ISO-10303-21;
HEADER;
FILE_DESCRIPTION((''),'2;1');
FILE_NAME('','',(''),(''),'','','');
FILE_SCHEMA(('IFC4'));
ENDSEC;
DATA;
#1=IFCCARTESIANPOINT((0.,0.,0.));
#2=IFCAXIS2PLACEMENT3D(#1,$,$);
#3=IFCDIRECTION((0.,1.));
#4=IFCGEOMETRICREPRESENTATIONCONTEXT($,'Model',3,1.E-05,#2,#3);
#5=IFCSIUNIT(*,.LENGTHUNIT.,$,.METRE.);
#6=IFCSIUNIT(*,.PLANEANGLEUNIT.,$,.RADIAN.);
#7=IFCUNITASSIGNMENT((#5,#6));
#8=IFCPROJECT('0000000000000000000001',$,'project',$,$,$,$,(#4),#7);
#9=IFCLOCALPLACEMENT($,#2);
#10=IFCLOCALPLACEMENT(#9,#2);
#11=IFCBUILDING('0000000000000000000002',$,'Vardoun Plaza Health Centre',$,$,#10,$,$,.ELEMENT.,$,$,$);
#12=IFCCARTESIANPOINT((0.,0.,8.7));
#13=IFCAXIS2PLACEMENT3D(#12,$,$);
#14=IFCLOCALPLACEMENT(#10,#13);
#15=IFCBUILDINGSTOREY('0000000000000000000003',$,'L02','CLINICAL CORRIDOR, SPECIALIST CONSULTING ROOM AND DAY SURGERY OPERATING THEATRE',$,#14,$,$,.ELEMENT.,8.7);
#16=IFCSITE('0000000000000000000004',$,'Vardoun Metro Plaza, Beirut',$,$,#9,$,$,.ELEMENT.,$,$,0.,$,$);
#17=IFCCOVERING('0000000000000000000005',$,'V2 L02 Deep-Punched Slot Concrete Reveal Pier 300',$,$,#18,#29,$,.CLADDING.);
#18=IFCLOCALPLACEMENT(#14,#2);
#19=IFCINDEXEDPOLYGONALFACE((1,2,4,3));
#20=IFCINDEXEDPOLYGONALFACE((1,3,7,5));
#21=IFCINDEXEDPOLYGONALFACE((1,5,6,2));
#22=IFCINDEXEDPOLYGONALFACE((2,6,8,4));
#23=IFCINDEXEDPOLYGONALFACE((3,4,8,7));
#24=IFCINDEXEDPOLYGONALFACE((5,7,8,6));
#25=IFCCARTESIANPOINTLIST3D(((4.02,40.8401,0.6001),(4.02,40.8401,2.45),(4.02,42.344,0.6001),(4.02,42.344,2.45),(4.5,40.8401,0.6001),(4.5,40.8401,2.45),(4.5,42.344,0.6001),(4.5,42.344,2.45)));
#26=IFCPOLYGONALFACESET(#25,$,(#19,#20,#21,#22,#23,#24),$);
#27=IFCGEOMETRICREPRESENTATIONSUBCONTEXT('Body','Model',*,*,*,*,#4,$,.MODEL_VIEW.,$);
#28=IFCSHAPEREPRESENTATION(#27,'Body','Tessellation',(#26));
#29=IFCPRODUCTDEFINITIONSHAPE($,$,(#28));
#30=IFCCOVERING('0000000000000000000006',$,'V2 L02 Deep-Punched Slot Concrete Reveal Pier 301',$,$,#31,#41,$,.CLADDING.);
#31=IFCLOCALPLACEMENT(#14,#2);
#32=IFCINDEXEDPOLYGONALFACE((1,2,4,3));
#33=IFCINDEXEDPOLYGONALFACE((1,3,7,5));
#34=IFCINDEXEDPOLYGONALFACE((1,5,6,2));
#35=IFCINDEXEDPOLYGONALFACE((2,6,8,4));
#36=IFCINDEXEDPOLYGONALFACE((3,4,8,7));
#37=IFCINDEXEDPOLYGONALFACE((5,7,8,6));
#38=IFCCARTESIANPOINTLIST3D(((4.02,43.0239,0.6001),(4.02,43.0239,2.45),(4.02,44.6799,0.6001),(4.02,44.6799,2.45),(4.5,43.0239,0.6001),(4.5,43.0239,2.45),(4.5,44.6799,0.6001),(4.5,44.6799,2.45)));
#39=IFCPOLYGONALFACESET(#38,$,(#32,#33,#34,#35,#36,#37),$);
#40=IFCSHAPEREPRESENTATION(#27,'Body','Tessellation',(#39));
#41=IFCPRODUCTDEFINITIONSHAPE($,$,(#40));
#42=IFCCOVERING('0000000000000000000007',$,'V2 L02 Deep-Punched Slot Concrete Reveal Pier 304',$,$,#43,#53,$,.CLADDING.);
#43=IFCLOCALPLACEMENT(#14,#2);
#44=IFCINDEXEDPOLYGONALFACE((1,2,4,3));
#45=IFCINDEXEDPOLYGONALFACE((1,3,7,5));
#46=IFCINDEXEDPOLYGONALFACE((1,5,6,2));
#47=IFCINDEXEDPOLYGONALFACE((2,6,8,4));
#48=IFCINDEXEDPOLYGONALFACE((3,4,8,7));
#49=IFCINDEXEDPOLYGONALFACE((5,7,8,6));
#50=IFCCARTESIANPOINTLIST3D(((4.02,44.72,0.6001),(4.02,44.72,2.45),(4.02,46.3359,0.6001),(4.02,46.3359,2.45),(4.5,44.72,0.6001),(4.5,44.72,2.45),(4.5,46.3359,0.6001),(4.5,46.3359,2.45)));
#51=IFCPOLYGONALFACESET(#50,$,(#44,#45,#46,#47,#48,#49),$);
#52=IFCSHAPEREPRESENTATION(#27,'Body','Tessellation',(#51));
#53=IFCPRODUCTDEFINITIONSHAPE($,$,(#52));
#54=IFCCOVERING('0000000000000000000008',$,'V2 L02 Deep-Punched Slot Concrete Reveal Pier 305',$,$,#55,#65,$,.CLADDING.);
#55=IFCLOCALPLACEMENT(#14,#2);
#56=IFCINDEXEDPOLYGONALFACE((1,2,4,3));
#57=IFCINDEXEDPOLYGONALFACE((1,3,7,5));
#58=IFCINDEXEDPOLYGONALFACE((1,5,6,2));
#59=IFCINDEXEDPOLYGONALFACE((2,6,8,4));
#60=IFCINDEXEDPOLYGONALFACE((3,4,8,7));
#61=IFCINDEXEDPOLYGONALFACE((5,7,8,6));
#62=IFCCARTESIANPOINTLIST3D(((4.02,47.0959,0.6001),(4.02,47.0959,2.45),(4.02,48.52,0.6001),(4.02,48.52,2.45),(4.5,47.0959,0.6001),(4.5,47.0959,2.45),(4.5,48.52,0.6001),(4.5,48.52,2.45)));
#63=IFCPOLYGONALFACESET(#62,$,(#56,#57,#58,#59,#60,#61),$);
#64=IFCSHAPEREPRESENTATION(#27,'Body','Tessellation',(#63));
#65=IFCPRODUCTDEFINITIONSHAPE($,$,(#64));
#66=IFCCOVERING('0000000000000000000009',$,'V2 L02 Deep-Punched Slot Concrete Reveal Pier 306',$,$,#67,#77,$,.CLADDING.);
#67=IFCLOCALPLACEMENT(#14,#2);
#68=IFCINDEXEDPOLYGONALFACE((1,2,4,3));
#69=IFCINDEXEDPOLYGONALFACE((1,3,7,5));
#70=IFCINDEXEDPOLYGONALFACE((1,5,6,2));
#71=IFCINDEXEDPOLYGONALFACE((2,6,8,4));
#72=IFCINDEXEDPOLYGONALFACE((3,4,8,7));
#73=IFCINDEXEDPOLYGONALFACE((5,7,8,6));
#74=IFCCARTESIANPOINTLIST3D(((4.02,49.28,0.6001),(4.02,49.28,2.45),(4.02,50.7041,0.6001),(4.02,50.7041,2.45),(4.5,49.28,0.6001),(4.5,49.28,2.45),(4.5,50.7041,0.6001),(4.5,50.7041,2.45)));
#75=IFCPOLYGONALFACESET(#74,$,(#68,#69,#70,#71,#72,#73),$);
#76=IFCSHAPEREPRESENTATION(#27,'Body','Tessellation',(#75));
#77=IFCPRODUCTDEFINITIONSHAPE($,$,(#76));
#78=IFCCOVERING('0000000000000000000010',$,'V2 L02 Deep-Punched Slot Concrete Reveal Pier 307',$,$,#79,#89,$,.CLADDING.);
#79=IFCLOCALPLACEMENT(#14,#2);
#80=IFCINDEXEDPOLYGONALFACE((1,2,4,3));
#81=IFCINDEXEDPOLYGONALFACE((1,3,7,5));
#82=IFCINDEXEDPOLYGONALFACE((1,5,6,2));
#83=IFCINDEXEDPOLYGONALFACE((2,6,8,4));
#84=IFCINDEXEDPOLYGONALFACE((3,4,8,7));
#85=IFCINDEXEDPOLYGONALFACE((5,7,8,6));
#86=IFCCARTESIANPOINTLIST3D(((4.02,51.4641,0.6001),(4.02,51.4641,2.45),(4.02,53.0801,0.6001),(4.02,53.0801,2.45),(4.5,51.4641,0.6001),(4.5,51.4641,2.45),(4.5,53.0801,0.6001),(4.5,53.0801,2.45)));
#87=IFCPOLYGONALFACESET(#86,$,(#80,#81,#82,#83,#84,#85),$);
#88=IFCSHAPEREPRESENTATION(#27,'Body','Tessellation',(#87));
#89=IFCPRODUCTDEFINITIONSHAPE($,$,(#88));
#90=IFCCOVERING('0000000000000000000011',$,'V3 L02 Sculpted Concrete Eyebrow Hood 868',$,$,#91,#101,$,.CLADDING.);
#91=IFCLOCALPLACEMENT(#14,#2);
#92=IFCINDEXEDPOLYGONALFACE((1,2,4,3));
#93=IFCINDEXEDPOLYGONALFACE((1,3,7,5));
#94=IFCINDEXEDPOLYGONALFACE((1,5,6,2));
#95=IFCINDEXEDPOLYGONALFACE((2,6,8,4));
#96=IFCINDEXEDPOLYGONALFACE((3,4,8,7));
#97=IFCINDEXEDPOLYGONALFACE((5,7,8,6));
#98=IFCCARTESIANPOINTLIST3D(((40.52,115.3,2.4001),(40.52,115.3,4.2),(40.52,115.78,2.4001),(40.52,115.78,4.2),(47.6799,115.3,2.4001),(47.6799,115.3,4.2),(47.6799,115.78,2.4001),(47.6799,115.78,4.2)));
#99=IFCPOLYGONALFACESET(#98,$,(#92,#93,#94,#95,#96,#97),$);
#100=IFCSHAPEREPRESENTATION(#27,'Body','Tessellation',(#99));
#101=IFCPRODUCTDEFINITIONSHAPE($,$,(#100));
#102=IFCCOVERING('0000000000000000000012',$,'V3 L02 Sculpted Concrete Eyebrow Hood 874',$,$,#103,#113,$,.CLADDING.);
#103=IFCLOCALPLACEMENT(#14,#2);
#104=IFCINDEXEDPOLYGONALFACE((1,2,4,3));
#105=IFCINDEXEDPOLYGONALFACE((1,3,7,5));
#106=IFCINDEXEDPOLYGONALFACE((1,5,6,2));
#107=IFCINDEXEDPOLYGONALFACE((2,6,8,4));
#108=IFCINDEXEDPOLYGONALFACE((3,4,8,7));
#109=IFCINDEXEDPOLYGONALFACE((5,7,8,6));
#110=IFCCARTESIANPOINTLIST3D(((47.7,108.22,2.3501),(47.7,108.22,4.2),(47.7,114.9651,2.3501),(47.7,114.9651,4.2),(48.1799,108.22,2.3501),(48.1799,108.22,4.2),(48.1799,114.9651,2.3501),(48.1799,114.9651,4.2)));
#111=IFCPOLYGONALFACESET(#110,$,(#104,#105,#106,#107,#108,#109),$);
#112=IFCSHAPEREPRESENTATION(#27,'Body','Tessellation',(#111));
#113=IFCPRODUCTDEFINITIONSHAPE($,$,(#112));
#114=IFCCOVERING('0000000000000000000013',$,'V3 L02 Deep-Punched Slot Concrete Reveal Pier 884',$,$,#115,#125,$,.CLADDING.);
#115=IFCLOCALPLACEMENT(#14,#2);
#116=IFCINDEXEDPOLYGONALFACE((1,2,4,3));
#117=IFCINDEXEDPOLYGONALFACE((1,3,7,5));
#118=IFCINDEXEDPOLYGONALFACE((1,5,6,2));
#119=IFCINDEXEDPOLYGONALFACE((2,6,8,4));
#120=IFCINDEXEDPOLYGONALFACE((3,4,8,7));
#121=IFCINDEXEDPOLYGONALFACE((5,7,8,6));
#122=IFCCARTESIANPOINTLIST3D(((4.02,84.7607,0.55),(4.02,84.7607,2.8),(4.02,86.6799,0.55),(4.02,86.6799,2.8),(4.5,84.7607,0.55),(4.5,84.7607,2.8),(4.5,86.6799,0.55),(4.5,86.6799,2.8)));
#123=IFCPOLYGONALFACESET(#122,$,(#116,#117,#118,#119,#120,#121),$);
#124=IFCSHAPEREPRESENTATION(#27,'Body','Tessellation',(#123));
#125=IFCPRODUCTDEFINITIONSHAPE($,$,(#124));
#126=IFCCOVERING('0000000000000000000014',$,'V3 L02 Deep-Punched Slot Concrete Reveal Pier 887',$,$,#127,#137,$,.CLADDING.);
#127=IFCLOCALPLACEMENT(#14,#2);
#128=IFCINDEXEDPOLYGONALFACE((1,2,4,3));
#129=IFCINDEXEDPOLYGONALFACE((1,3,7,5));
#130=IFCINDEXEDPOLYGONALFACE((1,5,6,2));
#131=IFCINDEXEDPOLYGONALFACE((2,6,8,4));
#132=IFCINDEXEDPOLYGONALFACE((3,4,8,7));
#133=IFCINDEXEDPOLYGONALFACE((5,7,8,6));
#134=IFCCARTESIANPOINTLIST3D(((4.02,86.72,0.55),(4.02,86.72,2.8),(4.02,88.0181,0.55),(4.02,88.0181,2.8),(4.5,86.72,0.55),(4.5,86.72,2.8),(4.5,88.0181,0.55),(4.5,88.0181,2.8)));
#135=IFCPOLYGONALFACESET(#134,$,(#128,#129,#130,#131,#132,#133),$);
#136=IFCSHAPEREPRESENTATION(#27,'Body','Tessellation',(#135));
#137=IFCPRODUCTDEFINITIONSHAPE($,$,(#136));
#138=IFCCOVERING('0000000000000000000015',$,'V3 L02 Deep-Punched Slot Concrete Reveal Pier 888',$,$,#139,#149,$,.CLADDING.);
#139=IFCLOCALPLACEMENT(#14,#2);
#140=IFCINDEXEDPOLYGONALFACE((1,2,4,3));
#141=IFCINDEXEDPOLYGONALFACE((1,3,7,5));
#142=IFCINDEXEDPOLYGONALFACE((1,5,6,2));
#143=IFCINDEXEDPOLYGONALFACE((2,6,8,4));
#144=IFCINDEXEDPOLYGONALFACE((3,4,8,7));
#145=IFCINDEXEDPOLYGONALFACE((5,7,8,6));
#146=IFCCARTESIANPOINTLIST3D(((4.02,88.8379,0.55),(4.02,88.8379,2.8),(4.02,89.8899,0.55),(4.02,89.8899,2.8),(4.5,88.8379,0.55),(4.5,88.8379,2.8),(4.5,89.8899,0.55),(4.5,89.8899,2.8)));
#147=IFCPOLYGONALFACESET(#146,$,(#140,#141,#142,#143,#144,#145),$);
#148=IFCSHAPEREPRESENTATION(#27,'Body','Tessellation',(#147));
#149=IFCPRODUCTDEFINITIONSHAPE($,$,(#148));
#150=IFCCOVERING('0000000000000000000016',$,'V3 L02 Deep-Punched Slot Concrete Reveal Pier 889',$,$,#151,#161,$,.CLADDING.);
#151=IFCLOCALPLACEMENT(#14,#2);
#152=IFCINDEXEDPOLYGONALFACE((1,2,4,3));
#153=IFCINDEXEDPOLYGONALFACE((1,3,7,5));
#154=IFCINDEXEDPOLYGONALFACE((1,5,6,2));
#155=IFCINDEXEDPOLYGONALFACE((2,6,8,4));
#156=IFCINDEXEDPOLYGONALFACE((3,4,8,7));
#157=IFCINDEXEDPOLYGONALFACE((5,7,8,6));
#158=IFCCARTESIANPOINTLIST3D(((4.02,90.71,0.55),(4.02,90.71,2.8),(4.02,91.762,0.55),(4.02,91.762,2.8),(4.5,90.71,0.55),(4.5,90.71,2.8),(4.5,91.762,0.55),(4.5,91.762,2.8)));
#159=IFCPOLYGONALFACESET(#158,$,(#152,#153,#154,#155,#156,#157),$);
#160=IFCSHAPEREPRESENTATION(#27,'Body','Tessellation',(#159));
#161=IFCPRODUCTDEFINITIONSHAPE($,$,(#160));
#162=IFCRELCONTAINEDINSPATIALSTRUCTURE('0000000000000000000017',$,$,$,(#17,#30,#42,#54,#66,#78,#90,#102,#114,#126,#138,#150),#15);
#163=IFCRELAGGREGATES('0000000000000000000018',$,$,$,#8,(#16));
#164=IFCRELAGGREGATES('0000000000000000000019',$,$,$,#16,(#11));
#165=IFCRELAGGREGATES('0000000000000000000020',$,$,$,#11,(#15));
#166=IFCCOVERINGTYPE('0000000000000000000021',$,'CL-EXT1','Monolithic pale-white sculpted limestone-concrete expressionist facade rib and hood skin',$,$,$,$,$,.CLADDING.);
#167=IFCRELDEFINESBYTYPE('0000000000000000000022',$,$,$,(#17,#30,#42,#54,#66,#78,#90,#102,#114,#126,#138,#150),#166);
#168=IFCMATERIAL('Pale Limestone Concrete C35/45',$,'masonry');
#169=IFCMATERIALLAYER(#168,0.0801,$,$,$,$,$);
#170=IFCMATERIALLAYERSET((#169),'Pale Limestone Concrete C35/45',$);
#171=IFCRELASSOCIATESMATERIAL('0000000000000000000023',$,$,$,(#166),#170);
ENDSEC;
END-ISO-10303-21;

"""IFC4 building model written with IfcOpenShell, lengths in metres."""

from ifc_helpers import new_model, si_unit, direction, frame, origin, place, context, subcontext, project, spatial, polyline, outline, extrude, material, layer, layer_set, type_object, element, save


model = new_model("IFC4")

# Units and contexts
model_context = context("Model", 3, precision=1e-05, world=origin(), true_north=direction((0.0, 1.0)))
body_context = subcontext(model_context, "Body", "Model", "MODEL_VIEW")
ifc_project = project(units=[si_unit("LENGTHUNIT", "METRE"), si_unit("PLANEANGLEUNIT", "RADIAN")], contexts=[model_context])

# Site, building, storey
site_placement = place(None, origin())
site = spatial("IfcSite", under=ifc_project, at=site_placement, Name="Vardoun Metro Plaza, Beirut", CompositionType="ELEMENT", RefElevation=0.0)
building_placement = place(site_placement, origin())
building = spatial("IfcBuilding", under=site, at=building_placement, Name="Vardoun Plaza Health Centre", CompositionType="ELEMENT")
storey_placement = place(building_placement, frame((0.0, 0.0, 8.7)))
storey = spatial("IfcBuildingStorey", under=building, at=storey_placement, Name="L02", Description="CLINICAL CORRIDOR, SPECIALIST CONSULTING ROOM AND DAY SURGERY OPERATING THEATRE", CompositionType="ELEMENT", Elevation=8.7)

# Coverings
ifc_material = material(Name="Pale Limestone Concrete C35/45", Category="masonry")
ifc_layer = layer(ifc_material, 0.0801)
ifc_layer_set = layer_set([ifc_layer], Name="Pale Limestone Concrete C35/45")
covering_type = type_object("IfcCoveringType", Name="CL-EXT1", Description="Monolithic pale-white sculpted limestone-concrete expressionist facade rib and hood skin", PredefinedType="CLADDING", material=ifc_layer_set)
covering_1_placement = place(storey_placement, frame((0.0, 0.0, 0.6001)))
element("IfcCovering", 1, at=covering_1_placement, inside=storey, type_object=covering_type, Name="V2 L02 Deep-Punched Slot Concrete Reveal Pier 300", PredefinedType="CLADDING", context=body_context, shape_type="SweptSolid", body=[
    extrude(outline(polyline([(4.5, 40.8401), (4.5, 42.344), (4.02, 42.344), (4.02, 40.8401), (4.5, 40.8401)])), origin(), (0.0, 0.0, 1.0), 1.8499),
])
covering_2_placement = place(storey_placement, frame((0.0, 0.0, 0.6001)))
element("IfcCovering", 2, at=covering_2_placement, inside=storey, type_object=covering_type, Name="V2 L02 Deep-Punched Slot Concrete Reveal Pier 301", PredefinedType="CLADDING", context=body_context, shape_type="SweptSolid", body=[
    extrude(outline(polyline([(4.5, 43.0239), (4.5, 44.6799), (4.02, 44.6799), (4.02, 43.0239), (4.5, 43.0239)])), origin(), (0.0, 0.0, 1.0), 1.8499),
])
covering_3_placement = place(storey_placement, frame((0.0, 0.0, 0.6001)))
element("IfcCovering", 3, at=covering_3_placement, inside=storey, type_object=covering_type, Name="V2 L02 Deep-Punched Slot Concrete Reveal Pier 304", PredefinedType="CLADDING", context=body_context, shape_type="SweptSolid", body=[
    extrude(outline(polyline([(4.5, 44.72), (4.5, 46.3359), (4.02, 46.3359), (4.02, 44.72), (4.5, 44.72)])), origin(), (0.0, 0.0, 1.0), 1.8499),
])
covering_4_placement = place(storey_placement, frame((0.0, 0.0, 0.6001)))
element("IfcCovering", 4, at=covering_4_placement, inside=storey, type_object=covering_type, Name="V2 L02 Deep-Punched Slot Concrete Reveal Pier 305", PredefinedType="CLADDING", context=body_context, shape_type="SweptSolid", body=[
    extrude(outline(polyline([(4.5, 47.0959), (4.5, 48.52), (4.02, 48.52), (4.02, 47.0959), (4.5, 47.0959)])), origin(), (0.0, 0.0, 1.0), 1.8499),
])
covering_5_placement = place(storey_placement, frame((0.0, 0.0, 0.6001)))
element("IfcCovering", 5, at=covering_5_placement, inside=storey, type_object=covering_type, Name="V2 L02 Deep-Punched Slot Concrete Reveal Pier 306", PredefinedType="CLADDING", context=body_context, shape_type="SweptSolid", body=[
    extrude(outline(polyline([(4.5, 49.28), (4.5, 50.7041), (4.02, 50.7041), (4.02, 49.28), (4.5, 49.28)])), origin(), (0.0, 0.0, 1.0), 1.8499),
])
covering_6_placement = place(storey_placement, frame((0.0, 0.0, 0.6001)))
element("IfcCovering", 6, at=covering_6_placement, inside=storey, type_object=covering_type, Name="V2 L02 Deep-Punched Slot Concrete Reveal Pier 307", PredefinedType="CLADDING", context=body_context, shape_type="SweptSolid", body=[
    extrude(outline(polyline([(4.5, 51.4641), (4.5, 53.0801), (4.02, 53.0801), (4.02, 51.4641), (4.5, 51.4641)])), origin(), (0.0, 0.0, 1.0), 1.8499),
])
covering_7_placement = place(storey_placement, frame((0.0, 0.0, 2.4001)))
element("IfcCovering", 7, at=covering_7_placement, inside=storey, type_object=covering_type, Name="V3 L02 Sculpted Concrete Eyebrow Hood 868", PredefinedType="CLADDING", context=body_context, shape_type="SweptSolid", body=[
    extrude(outline(polyline([(40.52, 115.3), (47.6799, 115.3), (47.6799, 115.78), (40.52, 115.78), (40.52, 115.3)])), origin(), (0.0, 0.0, 1.0), 1.7998),
])
covering_8_placement = place(storey_placement, frame((0.0, 0.0, 2.3501)))
element("IfcCovering", 8, at=covering_8_placement, inside=storey, type_object=covering_type, Name="V3 L02 Sculpted Concrete Eyebrow Hood 874", PredefinedType="CLADDING", context=body_context, shape_type="SweptSolid", body=[
    extrude(outline(polyline([(47.7, 114.9651), (47.7, 108.22), (48.1799, 108.22), (48.1799, 114.9651), (47.7, 114.9651)])), origin(), (0.0, 0.0, 1.0), 1.8499),
])
covering_9_placement = place(storey_placement, frame((0.0, 0.0, 0.55)))
element("IfcCovering", 9, at=covering_9_placement, inside=storey, type_object=covering_type, Name="V3 L02 Deep-Punched Slot Concrete Reveal Pier 884", PredefinedType="CLADDING", context=body_context, shape_type="SweptSolid", body=[
    extrude(outline(polyline([(4.5, 84.7607), (4.5, 86.6799), (4.02, 86.6799), (4.02, 84.7607), (4.5, 84.7607)])), origin(), (0.0, 0.0, 1.0), 2.25),
])
covering_10_placement = place(storey_placement, frame((0.0, 0.0, 0.55)))
element("IfcCovering", 10, at=covering_10_placement, inside=storey, type_object=covering_type, Name="V3 L02 Deep-Punched Slot Concrete Reveal Pier 887", PredefinedType="CLADDING", context=body_context, shape_type="SweptSolid", body=[
    extrude(outline(polyline([(4.5, 86.72), (4.5, 88.0181), (4.02, 88.0181), (4.02, 86.72), (4.5, 86.72)])), origin(), (0.0, 0.0, 1.0), 2.25),
])
covering_11_placement = place(storey_placement, frame((0.0, 0.0, 0.55)))
element("IfcCovering", 11, at=covering_11_placement, inside=storey, type_object=covering_type, Name="V3 L02 Deep-Punched Slot Concrete Reveal Pier 888", PredefinedType="CLADDING", context=body_context, shape_type="SweptSolid", body=[
    extrude(outline(polyline([(4.5, 88.8379), (4.5, 89.8899), (4.02, 89.8899), (4.02, 88.8379), (4.5, 88.8379)])), origin(), (0.0, 0.0, 1.0), 2.25),
])
covering_12_placement = place(storey_placement, frame((0.0, 0.0, 0.55)))
element("IfcCovering", 12, at=covering_12_placement, inside=storey, type_object=covering_type, Name="V3 L02 Deep-Punched Slot Concrete Reveal Pier 889", PredefinedType="CLADDING", context=body_context, shape_type="SweptSolid", body=[
    extrude(outline(polyline([(4.5, 90.71), (4.5, 91.762), (4.02, 91.762), (4.02, 90.71), (4.5, 90.71)])), origin(), (0.0, 0.0, 1.0), 2.25),
])

save(model, "model.ifc")
